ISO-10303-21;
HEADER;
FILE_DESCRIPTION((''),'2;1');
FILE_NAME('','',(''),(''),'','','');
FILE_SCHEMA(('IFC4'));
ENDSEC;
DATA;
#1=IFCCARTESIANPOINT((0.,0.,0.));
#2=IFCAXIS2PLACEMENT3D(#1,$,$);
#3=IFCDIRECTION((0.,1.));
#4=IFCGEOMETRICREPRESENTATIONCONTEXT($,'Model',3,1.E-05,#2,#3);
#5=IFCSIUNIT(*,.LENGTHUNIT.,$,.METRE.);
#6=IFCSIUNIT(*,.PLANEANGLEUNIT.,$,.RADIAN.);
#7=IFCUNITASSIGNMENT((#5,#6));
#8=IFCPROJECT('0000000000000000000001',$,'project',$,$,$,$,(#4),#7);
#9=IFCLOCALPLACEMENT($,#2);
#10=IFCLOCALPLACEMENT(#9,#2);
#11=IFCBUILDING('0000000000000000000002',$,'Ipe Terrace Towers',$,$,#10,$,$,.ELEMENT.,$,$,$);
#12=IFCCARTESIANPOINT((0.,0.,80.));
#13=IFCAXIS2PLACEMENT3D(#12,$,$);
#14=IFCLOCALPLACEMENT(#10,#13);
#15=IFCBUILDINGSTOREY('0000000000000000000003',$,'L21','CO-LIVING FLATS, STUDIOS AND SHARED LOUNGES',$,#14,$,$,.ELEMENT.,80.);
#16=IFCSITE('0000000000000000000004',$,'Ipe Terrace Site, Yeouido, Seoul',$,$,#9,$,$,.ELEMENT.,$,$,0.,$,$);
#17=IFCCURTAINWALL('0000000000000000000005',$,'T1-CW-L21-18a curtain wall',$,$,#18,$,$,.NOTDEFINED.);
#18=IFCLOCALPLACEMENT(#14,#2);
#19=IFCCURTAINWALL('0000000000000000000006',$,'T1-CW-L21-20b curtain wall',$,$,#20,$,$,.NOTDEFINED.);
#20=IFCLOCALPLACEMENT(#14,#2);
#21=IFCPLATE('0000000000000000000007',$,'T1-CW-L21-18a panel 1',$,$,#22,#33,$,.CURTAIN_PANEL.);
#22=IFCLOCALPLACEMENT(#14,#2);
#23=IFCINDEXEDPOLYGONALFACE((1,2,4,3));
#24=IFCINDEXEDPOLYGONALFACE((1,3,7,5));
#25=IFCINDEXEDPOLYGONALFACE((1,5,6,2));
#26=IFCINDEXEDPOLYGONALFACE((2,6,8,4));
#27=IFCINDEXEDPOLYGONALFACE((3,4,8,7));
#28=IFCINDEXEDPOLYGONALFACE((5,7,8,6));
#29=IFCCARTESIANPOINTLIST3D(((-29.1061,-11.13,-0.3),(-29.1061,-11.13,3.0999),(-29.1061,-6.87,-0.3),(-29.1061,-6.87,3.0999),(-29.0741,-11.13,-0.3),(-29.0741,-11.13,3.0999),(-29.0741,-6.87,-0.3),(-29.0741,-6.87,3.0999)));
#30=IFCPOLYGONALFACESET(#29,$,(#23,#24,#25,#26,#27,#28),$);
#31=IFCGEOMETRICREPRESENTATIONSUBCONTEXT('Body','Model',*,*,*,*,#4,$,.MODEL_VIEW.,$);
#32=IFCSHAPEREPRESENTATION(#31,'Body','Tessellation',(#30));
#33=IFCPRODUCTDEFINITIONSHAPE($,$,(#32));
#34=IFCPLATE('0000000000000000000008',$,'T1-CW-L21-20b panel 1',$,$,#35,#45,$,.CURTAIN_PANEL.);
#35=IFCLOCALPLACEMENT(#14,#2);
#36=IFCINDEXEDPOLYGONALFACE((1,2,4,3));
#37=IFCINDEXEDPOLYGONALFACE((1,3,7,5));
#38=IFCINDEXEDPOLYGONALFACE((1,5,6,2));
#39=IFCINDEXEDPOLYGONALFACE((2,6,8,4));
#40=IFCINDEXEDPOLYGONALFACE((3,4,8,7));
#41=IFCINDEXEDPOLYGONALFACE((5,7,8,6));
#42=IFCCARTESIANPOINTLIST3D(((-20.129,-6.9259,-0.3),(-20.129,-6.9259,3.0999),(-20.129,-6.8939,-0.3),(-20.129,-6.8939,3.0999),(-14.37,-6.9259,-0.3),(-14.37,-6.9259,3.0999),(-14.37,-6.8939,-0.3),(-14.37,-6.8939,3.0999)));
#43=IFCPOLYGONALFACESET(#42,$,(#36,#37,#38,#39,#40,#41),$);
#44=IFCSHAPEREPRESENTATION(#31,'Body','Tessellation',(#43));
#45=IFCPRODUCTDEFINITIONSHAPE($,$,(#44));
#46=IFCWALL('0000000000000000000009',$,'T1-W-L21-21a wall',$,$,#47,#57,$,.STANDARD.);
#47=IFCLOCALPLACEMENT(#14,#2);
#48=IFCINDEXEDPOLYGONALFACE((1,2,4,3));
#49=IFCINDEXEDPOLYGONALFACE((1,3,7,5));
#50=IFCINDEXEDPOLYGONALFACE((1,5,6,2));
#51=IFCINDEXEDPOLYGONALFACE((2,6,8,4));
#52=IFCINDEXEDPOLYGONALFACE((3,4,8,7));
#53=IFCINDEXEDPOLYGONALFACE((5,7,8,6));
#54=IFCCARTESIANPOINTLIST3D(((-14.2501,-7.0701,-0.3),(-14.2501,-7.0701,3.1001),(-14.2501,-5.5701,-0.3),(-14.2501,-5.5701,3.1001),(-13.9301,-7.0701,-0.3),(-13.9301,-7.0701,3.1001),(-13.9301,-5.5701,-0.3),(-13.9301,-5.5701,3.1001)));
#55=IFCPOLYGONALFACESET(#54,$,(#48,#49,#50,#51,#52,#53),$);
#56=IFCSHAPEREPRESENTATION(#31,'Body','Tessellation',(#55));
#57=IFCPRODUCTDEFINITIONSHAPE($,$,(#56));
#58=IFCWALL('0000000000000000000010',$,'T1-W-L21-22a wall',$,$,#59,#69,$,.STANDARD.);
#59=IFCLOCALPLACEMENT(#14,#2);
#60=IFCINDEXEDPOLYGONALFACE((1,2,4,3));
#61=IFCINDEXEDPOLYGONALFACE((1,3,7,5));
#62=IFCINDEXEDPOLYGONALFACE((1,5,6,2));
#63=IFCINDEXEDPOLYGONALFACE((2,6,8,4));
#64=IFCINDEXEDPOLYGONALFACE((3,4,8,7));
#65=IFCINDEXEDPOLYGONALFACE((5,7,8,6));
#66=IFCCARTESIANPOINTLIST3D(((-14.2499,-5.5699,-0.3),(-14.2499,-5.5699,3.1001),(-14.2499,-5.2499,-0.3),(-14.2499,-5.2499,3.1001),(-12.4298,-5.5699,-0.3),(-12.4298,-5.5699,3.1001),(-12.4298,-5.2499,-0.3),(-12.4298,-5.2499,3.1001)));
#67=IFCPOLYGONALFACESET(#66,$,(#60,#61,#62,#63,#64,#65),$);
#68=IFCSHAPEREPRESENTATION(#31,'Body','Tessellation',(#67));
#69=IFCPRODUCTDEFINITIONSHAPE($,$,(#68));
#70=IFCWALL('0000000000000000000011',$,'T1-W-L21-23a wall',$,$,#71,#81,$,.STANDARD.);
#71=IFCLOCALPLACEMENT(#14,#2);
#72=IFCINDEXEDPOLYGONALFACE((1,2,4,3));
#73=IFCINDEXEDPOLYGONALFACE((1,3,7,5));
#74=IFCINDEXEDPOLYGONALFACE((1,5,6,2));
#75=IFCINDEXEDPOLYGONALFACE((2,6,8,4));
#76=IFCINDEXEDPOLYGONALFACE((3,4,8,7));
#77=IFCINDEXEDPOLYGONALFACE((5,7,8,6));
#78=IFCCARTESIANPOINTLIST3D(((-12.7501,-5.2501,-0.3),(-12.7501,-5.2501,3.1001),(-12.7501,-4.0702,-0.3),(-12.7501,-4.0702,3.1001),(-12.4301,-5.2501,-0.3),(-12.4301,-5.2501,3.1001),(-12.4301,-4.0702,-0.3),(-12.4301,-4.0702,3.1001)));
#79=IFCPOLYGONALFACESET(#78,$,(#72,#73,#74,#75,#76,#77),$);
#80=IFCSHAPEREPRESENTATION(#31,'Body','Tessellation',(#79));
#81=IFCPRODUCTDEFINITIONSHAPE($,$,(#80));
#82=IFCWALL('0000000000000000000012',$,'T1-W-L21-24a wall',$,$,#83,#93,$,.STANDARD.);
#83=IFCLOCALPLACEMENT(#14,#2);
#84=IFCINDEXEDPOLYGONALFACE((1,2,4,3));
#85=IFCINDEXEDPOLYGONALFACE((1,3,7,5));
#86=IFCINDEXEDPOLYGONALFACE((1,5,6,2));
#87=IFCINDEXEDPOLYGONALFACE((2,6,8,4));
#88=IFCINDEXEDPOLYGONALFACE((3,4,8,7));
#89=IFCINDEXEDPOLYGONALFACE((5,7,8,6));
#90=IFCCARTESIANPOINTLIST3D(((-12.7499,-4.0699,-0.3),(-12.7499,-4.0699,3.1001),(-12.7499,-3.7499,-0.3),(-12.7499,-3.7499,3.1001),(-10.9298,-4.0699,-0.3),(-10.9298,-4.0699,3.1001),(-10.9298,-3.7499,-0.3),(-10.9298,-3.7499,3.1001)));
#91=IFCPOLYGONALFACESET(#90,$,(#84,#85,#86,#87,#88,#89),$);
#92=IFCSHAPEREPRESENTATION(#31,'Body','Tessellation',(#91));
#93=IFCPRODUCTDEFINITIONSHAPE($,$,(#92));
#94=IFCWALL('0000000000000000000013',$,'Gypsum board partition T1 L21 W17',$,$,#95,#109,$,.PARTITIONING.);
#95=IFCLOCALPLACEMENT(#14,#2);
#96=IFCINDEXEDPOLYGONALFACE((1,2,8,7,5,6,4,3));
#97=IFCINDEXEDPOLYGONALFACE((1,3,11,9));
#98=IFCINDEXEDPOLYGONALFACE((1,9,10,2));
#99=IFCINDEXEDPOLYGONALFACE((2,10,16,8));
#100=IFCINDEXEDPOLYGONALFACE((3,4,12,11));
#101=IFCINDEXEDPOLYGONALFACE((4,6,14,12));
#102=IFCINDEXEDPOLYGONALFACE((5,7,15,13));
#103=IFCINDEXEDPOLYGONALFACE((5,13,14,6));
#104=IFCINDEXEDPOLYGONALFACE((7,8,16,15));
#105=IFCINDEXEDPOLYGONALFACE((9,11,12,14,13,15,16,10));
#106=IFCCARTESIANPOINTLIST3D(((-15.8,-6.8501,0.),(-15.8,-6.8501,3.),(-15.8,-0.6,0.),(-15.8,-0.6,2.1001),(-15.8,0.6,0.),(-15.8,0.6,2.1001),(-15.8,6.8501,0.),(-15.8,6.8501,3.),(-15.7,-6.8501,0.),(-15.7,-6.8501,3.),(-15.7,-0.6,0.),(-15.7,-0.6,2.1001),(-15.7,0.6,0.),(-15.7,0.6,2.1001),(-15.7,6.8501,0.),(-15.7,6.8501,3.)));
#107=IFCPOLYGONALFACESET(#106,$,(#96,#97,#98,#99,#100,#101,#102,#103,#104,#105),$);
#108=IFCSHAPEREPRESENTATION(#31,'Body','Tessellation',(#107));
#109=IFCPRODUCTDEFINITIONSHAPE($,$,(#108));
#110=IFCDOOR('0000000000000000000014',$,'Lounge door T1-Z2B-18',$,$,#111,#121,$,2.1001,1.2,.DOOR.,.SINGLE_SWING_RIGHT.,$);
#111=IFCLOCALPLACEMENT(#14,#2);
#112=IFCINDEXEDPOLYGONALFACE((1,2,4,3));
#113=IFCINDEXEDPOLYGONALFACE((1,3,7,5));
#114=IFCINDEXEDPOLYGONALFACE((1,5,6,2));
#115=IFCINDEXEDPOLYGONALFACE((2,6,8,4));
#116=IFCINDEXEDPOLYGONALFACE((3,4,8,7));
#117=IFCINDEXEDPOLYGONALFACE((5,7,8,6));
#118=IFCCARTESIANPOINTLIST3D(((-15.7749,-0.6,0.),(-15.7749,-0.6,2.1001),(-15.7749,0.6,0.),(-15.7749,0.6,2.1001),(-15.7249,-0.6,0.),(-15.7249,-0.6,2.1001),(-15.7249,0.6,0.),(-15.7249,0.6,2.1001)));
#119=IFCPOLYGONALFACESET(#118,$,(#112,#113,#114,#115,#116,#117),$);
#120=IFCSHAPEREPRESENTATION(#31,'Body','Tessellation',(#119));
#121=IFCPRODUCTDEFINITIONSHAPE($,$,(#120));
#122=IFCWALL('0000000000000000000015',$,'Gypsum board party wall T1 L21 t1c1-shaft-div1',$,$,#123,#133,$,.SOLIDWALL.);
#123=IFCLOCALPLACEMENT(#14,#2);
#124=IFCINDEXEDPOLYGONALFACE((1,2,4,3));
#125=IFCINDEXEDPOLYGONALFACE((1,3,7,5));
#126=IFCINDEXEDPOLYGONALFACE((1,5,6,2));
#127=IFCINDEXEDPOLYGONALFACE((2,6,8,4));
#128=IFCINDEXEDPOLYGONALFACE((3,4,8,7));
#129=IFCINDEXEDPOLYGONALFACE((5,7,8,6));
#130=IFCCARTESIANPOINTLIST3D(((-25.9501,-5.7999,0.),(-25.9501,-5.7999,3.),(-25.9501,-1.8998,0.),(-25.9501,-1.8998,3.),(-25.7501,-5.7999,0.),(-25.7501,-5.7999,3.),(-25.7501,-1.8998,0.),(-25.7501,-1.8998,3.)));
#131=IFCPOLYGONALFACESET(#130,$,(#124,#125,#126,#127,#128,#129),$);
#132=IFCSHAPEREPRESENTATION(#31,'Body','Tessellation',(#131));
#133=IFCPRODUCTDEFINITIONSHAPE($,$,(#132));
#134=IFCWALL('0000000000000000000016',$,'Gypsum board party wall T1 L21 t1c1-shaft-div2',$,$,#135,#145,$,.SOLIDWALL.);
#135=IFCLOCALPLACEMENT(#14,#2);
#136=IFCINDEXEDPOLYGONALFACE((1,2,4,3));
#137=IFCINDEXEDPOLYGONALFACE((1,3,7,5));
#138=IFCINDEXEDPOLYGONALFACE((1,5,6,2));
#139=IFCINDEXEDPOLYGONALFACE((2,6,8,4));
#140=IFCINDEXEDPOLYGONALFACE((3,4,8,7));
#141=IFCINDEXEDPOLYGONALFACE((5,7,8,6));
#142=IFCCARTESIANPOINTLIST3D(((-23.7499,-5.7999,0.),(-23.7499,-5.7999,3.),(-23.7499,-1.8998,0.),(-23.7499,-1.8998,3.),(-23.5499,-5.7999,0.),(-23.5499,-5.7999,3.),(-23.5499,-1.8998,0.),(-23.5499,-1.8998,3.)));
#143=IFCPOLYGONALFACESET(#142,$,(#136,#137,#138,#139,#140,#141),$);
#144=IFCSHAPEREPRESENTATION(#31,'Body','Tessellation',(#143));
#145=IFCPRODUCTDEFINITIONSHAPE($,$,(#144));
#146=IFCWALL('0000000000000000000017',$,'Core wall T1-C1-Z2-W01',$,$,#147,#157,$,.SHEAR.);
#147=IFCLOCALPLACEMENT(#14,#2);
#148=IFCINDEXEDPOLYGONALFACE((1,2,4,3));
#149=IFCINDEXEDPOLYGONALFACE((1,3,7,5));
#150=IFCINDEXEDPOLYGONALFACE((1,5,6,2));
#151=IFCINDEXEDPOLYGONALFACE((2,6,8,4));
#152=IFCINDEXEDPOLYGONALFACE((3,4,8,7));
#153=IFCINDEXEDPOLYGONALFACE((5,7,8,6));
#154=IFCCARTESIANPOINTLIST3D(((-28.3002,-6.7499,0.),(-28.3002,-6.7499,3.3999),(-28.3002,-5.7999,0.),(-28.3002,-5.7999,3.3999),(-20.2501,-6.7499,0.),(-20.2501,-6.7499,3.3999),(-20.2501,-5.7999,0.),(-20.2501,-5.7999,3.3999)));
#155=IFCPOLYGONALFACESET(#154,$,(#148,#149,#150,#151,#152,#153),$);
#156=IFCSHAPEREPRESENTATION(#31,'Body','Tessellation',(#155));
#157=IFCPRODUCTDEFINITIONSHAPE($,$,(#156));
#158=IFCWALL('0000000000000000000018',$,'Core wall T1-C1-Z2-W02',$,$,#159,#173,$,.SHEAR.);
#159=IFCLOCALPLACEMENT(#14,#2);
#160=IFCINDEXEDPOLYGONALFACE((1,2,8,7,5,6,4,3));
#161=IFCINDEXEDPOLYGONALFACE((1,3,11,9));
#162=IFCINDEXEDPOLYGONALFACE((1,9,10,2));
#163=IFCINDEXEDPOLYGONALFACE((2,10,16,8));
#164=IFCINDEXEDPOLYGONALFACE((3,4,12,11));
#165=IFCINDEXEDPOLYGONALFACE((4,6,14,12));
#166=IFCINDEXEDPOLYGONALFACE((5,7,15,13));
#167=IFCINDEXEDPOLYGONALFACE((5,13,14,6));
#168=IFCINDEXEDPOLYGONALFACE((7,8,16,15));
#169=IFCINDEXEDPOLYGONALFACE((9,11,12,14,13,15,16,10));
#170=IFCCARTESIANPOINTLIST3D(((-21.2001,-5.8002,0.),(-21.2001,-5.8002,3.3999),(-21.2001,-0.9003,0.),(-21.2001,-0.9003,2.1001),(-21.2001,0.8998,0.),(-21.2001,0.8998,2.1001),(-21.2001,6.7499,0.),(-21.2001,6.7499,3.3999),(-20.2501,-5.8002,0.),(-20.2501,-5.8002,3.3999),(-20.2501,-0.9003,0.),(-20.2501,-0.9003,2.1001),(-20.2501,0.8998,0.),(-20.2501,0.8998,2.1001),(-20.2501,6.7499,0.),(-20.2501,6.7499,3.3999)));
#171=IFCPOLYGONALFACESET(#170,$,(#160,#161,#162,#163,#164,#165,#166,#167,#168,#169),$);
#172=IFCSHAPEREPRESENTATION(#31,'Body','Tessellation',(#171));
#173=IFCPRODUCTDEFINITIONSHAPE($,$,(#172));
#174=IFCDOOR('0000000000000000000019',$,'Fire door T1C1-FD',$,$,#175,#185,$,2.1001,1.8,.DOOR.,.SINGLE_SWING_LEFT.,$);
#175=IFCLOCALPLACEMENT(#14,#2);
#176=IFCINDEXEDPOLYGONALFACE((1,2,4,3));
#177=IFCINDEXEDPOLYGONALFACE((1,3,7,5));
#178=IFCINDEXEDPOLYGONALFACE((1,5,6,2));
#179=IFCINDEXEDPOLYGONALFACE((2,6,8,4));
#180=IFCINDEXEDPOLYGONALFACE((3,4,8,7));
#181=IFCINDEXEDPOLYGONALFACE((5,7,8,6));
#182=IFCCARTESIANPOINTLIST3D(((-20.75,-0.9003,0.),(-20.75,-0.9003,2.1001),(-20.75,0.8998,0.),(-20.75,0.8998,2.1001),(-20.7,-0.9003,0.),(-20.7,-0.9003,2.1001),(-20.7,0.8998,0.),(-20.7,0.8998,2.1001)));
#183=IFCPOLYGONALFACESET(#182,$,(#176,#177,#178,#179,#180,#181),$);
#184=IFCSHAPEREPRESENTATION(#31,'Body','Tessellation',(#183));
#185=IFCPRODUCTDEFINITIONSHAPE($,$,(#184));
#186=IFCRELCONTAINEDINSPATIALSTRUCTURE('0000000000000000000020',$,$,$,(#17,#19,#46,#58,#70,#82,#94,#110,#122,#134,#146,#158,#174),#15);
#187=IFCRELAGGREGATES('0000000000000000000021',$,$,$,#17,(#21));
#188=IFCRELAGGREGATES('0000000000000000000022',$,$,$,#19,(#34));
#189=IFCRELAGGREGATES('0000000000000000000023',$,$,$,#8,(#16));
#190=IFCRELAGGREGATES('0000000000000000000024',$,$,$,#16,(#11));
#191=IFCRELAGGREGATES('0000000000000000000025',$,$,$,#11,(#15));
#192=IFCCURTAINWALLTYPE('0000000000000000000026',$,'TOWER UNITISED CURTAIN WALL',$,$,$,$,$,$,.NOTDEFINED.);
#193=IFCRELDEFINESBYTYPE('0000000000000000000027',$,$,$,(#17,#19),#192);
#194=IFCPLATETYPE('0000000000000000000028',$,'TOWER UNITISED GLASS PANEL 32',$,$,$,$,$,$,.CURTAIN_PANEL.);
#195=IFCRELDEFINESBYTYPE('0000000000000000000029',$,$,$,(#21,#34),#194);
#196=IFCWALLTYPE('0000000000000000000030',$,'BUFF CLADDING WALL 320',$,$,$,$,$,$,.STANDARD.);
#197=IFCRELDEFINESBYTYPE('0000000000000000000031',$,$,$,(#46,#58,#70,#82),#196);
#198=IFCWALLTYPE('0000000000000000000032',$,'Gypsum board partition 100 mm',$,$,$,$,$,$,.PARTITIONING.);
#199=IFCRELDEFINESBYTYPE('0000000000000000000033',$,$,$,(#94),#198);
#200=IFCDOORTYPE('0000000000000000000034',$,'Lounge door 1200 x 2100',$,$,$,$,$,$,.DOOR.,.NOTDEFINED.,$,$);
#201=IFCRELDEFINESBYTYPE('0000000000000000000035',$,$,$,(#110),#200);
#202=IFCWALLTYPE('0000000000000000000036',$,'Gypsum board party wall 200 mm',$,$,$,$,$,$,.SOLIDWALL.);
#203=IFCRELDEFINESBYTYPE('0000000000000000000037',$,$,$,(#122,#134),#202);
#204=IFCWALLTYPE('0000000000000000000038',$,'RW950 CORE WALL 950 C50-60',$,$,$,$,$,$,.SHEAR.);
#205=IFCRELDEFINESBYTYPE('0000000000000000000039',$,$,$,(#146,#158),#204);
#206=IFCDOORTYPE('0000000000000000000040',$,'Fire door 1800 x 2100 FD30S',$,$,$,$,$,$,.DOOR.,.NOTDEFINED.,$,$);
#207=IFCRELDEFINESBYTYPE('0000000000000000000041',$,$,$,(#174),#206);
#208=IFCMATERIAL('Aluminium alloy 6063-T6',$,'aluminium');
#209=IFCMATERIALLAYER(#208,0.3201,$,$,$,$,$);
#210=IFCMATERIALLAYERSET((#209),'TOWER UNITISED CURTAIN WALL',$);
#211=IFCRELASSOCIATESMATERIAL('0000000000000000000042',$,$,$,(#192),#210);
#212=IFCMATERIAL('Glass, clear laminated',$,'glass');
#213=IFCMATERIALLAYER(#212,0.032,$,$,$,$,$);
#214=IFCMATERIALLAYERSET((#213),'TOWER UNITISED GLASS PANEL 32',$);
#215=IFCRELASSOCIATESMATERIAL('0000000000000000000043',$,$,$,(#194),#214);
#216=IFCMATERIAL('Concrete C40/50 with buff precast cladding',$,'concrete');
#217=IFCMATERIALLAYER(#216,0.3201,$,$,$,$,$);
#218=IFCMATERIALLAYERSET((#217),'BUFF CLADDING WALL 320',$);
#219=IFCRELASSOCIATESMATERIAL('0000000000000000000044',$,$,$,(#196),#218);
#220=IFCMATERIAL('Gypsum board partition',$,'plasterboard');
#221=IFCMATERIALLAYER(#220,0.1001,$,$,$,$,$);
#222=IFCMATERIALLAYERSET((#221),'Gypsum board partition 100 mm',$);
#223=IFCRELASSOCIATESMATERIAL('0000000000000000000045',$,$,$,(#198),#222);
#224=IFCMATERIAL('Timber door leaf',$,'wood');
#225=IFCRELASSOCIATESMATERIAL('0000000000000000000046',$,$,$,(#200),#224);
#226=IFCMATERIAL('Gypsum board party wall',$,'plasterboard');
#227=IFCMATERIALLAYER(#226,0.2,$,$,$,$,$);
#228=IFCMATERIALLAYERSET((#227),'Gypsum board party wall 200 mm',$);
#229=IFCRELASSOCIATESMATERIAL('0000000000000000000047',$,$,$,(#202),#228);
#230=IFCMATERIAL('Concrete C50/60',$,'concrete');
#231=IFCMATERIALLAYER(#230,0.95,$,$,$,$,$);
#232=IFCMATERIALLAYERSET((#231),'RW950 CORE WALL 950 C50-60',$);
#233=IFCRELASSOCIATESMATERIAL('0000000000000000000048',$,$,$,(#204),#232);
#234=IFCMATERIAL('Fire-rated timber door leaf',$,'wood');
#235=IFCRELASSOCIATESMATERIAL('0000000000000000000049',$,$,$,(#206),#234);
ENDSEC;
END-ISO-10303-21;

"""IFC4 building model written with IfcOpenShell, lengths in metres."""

from ifc_helpers import new_model, si_unit, direction, frame, frame_2d, origin, origin_2d, place, context, subcontext, project, spatial, rectangle, extrude, material, layer, layer_set, type_object, element, fill, aggregate, save


model = new_model("IFC4")

# Units and contexts
model_context = context("Model", 3, precision=1e-05, world=origin(), true_north=direction((0.0, 1.0)))
body_context = subcontext(model_context, "Body", "Model", "MODEL_VIEW")
ifc_project = project(units=[si_unit("LENGTHUNIT", "METRE"), si_unit("PLANEANGLEUNIT", "RADIAN")], contexts=[model_context])

# Site, building, storey
site_placement = place(None, origin())
site = spatial("IfcSite", under=ifc_project, at=site_placement, Name="Ipe Terrace Site, Yeouido, Seoul", CompositionType="ELEMENT", RefElevation=0.0)
building_placement = place(site_placement, origin())
building = spatial("IfcBuilding", under=site, at=building_placement, Name="Ipe Terrace Towers", CompositionType="ELEMENT")
storey_placement = place(building_placement, frame((0.0, 0.0, 80.0)))
storey = spatial("IfcBuildingStorey", under=building, at=storey_placement, Name="L21", Description="CO-LIVING FLATS, STUDIOS AND SHARED LOUNGES", CompositionType="ELEMENT", Elevation=80.0)

# Curtain walls
ifc_material_1 = material(Name="Aluminium alloy 6063-T6", Category="aluminium")
ifc_layer_1 = layer(ifc_material_1, 0.3201)
ifc_layer_set_1 = layer_set([ifc_layer_1], Name="TOWER UNITISED CURTAIN WALL")
curtain_wall_type = type_object("IfcCurtainWallType", Name="TOWER UNITISED CURTAIN WALL", PredefinedType="NOTDEFINED", material=ifc_layer_set_1)
curtain_wall_1_placement = place(storey_placement, origin())
curtain_wall_1 = element("IfcCurtainWall", 1, at=curtain_wall_1_placement, inside=storey, type_object=curtain_wall_type, Name="T1-CW-L21-18a curtain wall", PredefinedType="NOTDEFINED")
curtain_wall_2_placement = place(storey_placement, origin())
curtain_wall_2 = element("IfcCurtainWall", 2, at=curtain_wall_2_placement, inside=storey, type_object=curtain_wall_type, Name="T1-CW-L21-20b curtain wall", PredefinedType="NOTDEFINED")

# Plates
ifc_material_2 = material(Name="Glass, clear laminated", Category="glass")
ifc_layer_2 = layer(ifc_material_2, 0.032)
ifc_layer_set_2 = layer_set([ifc_layer_2], Name="TOWER UNITISED GLASS PANEL 32")
plate_type = type_object("IfcPlateType", Name="TOWER UNITISED GLASS PANEL 32", PredefinedType="CURTAIN_PANEL", material=ifc_layer_set_2)
plate_1_placement = place(storey_placement, frame((-29.0901, -9.0, -0.3), z_axis=(0.0, 0.0, 1.0), x_axis=(0.0, 1.0, 0.0)))
plate_1 = element("IfcPlate", 3, at=plate_1_placement, type_object=plate_type, Name="T1-CW-L21-18a panel 1", PredefinedType="CURTAIN_PANEL", context=body_context, shape_type="SweptSolid", body=[
    extrude(rectangle(XDim=4.26, YDim=0.032, at=origin_2d()), origin(), (0.0, 0.0, 1.0), 3.3999),
])
aggregate(curtain_wall_1, [plate_1])
plate_2_placement = place(storey_placement, frame((-17.2495, -6.9099, -0.3), z_axis=(0.0, 0.0, 1.0), x_axis=(1.0, 0.0, 0.0)))
plate_2 = element("IfcPlate", 4, at=plate_2_placement, type_object=plate_type, Name="T1-CW-L21-20b panel 1", PredefinedType="CURTAIN_PANEL", context=body_context, shape_type="SweptSolid", body=[
    extrude(rectangle(XDim=5.759, YDim=0.032, at=origin_2d()), origin(), (0.0, 0.0, 1.0), 3.3999),
])
aggregate(curtain_wall_2, [plate_2])

# Walls
ifc_material_3 = material(Name="Concrete C40/50 with buff precast cladding", Category="concrete")
ifc_layer_3 = layer(ifc_material_3, 0.3201)
ifc_layer_set_3 = layer_set([ifc_layer_3], Name="BUFF CLADDING WALL 320")
wall_type_1 = type_object("IfcWallType", Name="BUFF CLADDING WALL 320", PredefinedType="STANDARD", material=ifc_layer_set_3)
wall_1_placement = place(storey_placement, frame((-14.0901, -7.0701, -0.3), z_axis=(0.0, 0.0, 1.0), x_axis=(0.0, 1.0, 0.0)))
element("IfcWall", 5, at=wall_1_placement, inside=storey, type_object=wall_type_1, Name="T1-W-L21-21a wall", PredefinedType="STANDARD", context=body_context, shape_type="SweptSolid", body=[
    extrude(rectangle(XDim=1.5, YDim=0.3201, at=frame_2d((0.75, 0.0))), origin(), (0.0, 0.0, 1.0), 3.4001),
])
wall_2_placement = place(storey_placement, frame((-14.25, -5.4099, -0.3), z_axis=(0.0, 0.0, 1.0), x_axis=(1.0, 0.0, 0.0)))
element("IfcWall", 6, at=wall_2_placement, inside=storey, type_object=wall_type_1, Name="T1-W-L21-22a wall", PredefinedType="STANDARD", context=body_context, shape_type="SweptSolid", body=[
    extrude(rectangle(XDim=1.8201, YDim=0.3201, at=frame_2d((0.9102, 0.0))), origin(), (0.0, 0.0, 1.0), 3.4001),
])
wall_3_placement = place(storey_placement, frame((-12.5901, -5.25, -0.3), z_axis=(0.0, 0.0, 1.0), x_axis=(0.0, 1.0, 0.0)))
element("IfcWall", 7, at=wall_3_placement, inside=storey, type_object=wall_type_1, Name="T1-W-L21-23a wall", PredefinedType="STANDARD", context=body_context, shape_type="SweptSolid", body=[
    extrude(rectangle(XDim=1.1799, YDim=0.3201, at=frame_2d((0.5898, 0.0))), origin(), (0.0, 0.0, 1.0), 3.4001),
])
wall_4_placement = place(storey_placement, frame((-12.75, -3.9099, -0.3), z_axis=(0.0, 0.0, 1.0), x_axis=(1.0, 0.0, 0.0)))
element("IfcWall", 8, at=wall_4_placement, inside=storey, type_object=wall_type_1, Name="T1-W-L21-24a wall", PredefinedType="STANDARD", context=body_context, shape_type="SweptSolid", body=[
    extrude(rectangle(XDim=1.8201, YDim=0.3201, at=frame_2d((0.9102, 0.0))), origin(), (0.0, 0.0, 1.0), 3.4001),
])

# Wall, opening, door
ifc_material_4 = material(Name="Gypsum board partition", Category="plasterboard")
ifc_layer_4 = layer(ifc_material_4, 0.1001)
ifc_layer_set_4 = layer_set([ifc_layer_4], Name="Gypsum board partition 100 mm")
wall_type_2 = type_object("IfcWallType", Name="Gypsum board partition 100 mm", PredefinedType="PARTITIONING", material=ifc_layer_set_4)
wall_5_placement = place(storey_placement, frame((-15.75, -6.8501, 0.0), z_axis=(0.0, 0.0, 1.0), x_axis=(0.0, 1.0, 0.0)))
wall_5 = element("IfcWall", 9, at=wall_5_placement, inside=storey, type_object=wall_type_2, Name="Gypsum board partition T1 L21 W17", PredefinedType="PARTITIONING", context=body_context, shape_type="SweptSolid", body=[
    extrude(rectangle(XDim=13.7002, YDim=0.1001, at=frame_2d((6.8501, 0.0))), origin(), (0.0, 0.0, 1.0), 3.0),
])
opening_1_placement = place(wall_5_placement, frame((6.25, 0.0, 0.0)))
opening_1 = element("IfcOpeningElement", 10, at=opening_1_placement, cuts=wall_5, PredefinedType="OPENING", context=body_context, shape_type="SweptSolid", body=[
    extrude(rectangle(XDim=1.2, YDim=2.1001, at=frame_2d((0.6001, 1.05))), frame((0.0, 0.0601, 0.0), z_axis=(0.0, -1.0, 0.0), x_axis=(1.0, 0.0, 0.0)), (0.0, 0.0, 1.0), 0.1201),
])
ifc_material_5 = material(Name="Timber door leaf", Category="wood")
door_type_1 = type_object("IfcDoorType", Name="Lounge door 1200 x 2100", OperationType="NOTDEFINED", PredefinedType="DOOR", material=ifc_material_5)
door_1_placement = place(opening_1_placement, origin())
door_1 = element("IfcDoor", 11, at=door_1_placement, inside=storey, type_object=door_type_1, Name="Lounge door T1-Z2B-18", OperationType="SINGLE_SWING_RIGHT", OverallHeight=2.1001, OverallWidth=1.2, PredefinedType="DOOR", context=body_context, shape_type="SweptSolid", body=[
    extrude(rectangle(XDim=1.2, YDim=2.1001, at=frame_2d((0.6001, 1.05))), frame((0.0, 0.0249, 0.0), z_axis=(0.0, -1.0, 0.0), x_axis=(1.0, 0.0, 0.0)), (0.0, 0.0, 1.0), 0.05),
])
fill(opening_1, door_1)

# Walls
ifc_material_6 = material(Name="Gypsum board party wall", Category="plasterboard")
ifc_layer_5 = layer(ifc_material_6, 0.2)
ifc_layer_set_5 = layer_set([ifc_layer_5], Name="Gypsum board party wall 200 mm")
wall_type_3 = type_object("IfcWallType", Name="Gypsum board party wall 200 mm", PredefinedType="SOLIDWALL", material=ifc_layer_set_5)
for number, where, z_axis, x_axis, name in (
    (12, (-25.8501, -5.8, 0.0), (0.0, 0.0, 1.0), (0.0, 1.0, 0.0), "Gypsum board party wall T1 L21 t1c1-shaft-div1"),
    (13, (-23.6499, -5.8, 0.0), (0.0, 0.0, 1.0), (0.0, 1.0, 0.0), "Gypsum board party wall T1 L21 t1c1-shaft-div2"),
):
    element("IfcWall", number, at=place(storey_placement, frame(where, z_axis=z_axis, x_axis=x_axis)), inside=storey, type_object=wall_type_3, Name=name, PredefinedType="SOLIDWALL", context=body_context, shape_type="SweptSolid", body=[
        extrude(rectangle(XDim=3.9001, YDim=0.2, at=frame_2d((1.9502, 0.0))), origin(), (0.0, 0.0, 1.0), 3.0),
    ])
ifc_material_7 = material(Name="Concrete C50/60", Category="concrete")
ifc_layer_6 = layer(ifc_material_7, 0.95)
ifc_layer_set_6 = layer_set([ifc_layer_6], Name="RW950 CORE WALL 950 C50-60")
wall_type_4 = type_object("IfcWallType", Name="RW950 CORE WALL 950 C50-60", PredefinedType="SHEAR", material=ifc_layer_set_6)
wall_6_placement = place(storey_placement, frame((-28.3, -6.2749, 0.0), z_axis=(0.0, 0.0, 1.0), x_axis=(1.0, 0.0, 0.0)))
element("IfcWall", 14, at=wall_6_placement, inside=storey, type_object=wall_type_4, Name="Core wall T1-C1-Z2-W01", PredefinedType="SHEAR", context=body_context, shape_type="SweptSolid", body=[
    extrude(rectangle(XDim=8.05, YDim=0.95, at=frame_2d((4.0249, 0.0))), origin(), (0.0, 0.0, 1.0), 3.3999),
])

# Wall, opening, door
wall_7_placement = place(storey_placement, frame((-20.7251, -5.8, 0.0), z_axis=(0.0, 0.0, 1.0), x_axis=(0.0, 1.0, 0.0)))
wall_7 = element("IfcWall", 15, at=wall_7_placement, inside=storey, type_object=wall_type_4, Name="Core wall T1-C1-Z2-W02", PredefinedType="SHEAR", context=body_context, shape_type="SweptSolid", body=[
    extrude(rectangle(XDim=12.55, YDim=0.95, at=frame_2d((6.2749, 0.0))), origin(), (0.0, 0.0, 1.0), 3.3999),
])
opening_2_placement = place(wall_7_placement, frame((4.8999, 0.0, 0.0)))
opening_2 = element("IfcOpeningElement", 16, at=opening_2_placement, cuts=wall_7, PredefinedType="OPENING", context=body_context, shape_type="SweptSolid", body=[
    extrude(rectangle(XDim=1.8, YDim=2.1001, at=frame_2d((0.8999, 1.05))), frame((0.0, 0.4849, 0.0), z_axis=(0.0, -1.0, 0.0), x_axis=(1.0, 0.0, 0.0)), (0.0, 0.0, 1.0), 0.97),
])
ifc_material_8 = material(Name="Fire-rated timber door leaf", Category="wood")
door_type_2 = type_object("IfcDoorType", Name="Fire door 1800 x 2100 FD30S", OperationType="NOTDEFINED", PredefinedType="DOOR", material=ifc_material_8)
door_2_placement = place(opening_2_placement, origin())
door_2 = element("IfcDoor", 17, at=door_2_placement, inside=storey, type_object=door_type_2, Name="Fire door T1C1-FD", OperationType="SINGLE_SWING_LEFT", OverallHeight=2.1001, OverallWidth=1.8, PredefinedType="DOOR", context=body_context, shape_type="SweptSolid", body=[
    extrude(rectangle(XDim=1.8, YDim=2.1001, at=frame_2d((0.8999, 1.05))), frame((0.0, 0.0249, 0.0), z_axis=(0.0, -1.0, 0.0), x_axis=(1.0, 0.0, 0.0)), (0.0, 0.0, 1.0), 0.05),
])
fill(opening_2, door_2)

save(model, "model.ifc")
